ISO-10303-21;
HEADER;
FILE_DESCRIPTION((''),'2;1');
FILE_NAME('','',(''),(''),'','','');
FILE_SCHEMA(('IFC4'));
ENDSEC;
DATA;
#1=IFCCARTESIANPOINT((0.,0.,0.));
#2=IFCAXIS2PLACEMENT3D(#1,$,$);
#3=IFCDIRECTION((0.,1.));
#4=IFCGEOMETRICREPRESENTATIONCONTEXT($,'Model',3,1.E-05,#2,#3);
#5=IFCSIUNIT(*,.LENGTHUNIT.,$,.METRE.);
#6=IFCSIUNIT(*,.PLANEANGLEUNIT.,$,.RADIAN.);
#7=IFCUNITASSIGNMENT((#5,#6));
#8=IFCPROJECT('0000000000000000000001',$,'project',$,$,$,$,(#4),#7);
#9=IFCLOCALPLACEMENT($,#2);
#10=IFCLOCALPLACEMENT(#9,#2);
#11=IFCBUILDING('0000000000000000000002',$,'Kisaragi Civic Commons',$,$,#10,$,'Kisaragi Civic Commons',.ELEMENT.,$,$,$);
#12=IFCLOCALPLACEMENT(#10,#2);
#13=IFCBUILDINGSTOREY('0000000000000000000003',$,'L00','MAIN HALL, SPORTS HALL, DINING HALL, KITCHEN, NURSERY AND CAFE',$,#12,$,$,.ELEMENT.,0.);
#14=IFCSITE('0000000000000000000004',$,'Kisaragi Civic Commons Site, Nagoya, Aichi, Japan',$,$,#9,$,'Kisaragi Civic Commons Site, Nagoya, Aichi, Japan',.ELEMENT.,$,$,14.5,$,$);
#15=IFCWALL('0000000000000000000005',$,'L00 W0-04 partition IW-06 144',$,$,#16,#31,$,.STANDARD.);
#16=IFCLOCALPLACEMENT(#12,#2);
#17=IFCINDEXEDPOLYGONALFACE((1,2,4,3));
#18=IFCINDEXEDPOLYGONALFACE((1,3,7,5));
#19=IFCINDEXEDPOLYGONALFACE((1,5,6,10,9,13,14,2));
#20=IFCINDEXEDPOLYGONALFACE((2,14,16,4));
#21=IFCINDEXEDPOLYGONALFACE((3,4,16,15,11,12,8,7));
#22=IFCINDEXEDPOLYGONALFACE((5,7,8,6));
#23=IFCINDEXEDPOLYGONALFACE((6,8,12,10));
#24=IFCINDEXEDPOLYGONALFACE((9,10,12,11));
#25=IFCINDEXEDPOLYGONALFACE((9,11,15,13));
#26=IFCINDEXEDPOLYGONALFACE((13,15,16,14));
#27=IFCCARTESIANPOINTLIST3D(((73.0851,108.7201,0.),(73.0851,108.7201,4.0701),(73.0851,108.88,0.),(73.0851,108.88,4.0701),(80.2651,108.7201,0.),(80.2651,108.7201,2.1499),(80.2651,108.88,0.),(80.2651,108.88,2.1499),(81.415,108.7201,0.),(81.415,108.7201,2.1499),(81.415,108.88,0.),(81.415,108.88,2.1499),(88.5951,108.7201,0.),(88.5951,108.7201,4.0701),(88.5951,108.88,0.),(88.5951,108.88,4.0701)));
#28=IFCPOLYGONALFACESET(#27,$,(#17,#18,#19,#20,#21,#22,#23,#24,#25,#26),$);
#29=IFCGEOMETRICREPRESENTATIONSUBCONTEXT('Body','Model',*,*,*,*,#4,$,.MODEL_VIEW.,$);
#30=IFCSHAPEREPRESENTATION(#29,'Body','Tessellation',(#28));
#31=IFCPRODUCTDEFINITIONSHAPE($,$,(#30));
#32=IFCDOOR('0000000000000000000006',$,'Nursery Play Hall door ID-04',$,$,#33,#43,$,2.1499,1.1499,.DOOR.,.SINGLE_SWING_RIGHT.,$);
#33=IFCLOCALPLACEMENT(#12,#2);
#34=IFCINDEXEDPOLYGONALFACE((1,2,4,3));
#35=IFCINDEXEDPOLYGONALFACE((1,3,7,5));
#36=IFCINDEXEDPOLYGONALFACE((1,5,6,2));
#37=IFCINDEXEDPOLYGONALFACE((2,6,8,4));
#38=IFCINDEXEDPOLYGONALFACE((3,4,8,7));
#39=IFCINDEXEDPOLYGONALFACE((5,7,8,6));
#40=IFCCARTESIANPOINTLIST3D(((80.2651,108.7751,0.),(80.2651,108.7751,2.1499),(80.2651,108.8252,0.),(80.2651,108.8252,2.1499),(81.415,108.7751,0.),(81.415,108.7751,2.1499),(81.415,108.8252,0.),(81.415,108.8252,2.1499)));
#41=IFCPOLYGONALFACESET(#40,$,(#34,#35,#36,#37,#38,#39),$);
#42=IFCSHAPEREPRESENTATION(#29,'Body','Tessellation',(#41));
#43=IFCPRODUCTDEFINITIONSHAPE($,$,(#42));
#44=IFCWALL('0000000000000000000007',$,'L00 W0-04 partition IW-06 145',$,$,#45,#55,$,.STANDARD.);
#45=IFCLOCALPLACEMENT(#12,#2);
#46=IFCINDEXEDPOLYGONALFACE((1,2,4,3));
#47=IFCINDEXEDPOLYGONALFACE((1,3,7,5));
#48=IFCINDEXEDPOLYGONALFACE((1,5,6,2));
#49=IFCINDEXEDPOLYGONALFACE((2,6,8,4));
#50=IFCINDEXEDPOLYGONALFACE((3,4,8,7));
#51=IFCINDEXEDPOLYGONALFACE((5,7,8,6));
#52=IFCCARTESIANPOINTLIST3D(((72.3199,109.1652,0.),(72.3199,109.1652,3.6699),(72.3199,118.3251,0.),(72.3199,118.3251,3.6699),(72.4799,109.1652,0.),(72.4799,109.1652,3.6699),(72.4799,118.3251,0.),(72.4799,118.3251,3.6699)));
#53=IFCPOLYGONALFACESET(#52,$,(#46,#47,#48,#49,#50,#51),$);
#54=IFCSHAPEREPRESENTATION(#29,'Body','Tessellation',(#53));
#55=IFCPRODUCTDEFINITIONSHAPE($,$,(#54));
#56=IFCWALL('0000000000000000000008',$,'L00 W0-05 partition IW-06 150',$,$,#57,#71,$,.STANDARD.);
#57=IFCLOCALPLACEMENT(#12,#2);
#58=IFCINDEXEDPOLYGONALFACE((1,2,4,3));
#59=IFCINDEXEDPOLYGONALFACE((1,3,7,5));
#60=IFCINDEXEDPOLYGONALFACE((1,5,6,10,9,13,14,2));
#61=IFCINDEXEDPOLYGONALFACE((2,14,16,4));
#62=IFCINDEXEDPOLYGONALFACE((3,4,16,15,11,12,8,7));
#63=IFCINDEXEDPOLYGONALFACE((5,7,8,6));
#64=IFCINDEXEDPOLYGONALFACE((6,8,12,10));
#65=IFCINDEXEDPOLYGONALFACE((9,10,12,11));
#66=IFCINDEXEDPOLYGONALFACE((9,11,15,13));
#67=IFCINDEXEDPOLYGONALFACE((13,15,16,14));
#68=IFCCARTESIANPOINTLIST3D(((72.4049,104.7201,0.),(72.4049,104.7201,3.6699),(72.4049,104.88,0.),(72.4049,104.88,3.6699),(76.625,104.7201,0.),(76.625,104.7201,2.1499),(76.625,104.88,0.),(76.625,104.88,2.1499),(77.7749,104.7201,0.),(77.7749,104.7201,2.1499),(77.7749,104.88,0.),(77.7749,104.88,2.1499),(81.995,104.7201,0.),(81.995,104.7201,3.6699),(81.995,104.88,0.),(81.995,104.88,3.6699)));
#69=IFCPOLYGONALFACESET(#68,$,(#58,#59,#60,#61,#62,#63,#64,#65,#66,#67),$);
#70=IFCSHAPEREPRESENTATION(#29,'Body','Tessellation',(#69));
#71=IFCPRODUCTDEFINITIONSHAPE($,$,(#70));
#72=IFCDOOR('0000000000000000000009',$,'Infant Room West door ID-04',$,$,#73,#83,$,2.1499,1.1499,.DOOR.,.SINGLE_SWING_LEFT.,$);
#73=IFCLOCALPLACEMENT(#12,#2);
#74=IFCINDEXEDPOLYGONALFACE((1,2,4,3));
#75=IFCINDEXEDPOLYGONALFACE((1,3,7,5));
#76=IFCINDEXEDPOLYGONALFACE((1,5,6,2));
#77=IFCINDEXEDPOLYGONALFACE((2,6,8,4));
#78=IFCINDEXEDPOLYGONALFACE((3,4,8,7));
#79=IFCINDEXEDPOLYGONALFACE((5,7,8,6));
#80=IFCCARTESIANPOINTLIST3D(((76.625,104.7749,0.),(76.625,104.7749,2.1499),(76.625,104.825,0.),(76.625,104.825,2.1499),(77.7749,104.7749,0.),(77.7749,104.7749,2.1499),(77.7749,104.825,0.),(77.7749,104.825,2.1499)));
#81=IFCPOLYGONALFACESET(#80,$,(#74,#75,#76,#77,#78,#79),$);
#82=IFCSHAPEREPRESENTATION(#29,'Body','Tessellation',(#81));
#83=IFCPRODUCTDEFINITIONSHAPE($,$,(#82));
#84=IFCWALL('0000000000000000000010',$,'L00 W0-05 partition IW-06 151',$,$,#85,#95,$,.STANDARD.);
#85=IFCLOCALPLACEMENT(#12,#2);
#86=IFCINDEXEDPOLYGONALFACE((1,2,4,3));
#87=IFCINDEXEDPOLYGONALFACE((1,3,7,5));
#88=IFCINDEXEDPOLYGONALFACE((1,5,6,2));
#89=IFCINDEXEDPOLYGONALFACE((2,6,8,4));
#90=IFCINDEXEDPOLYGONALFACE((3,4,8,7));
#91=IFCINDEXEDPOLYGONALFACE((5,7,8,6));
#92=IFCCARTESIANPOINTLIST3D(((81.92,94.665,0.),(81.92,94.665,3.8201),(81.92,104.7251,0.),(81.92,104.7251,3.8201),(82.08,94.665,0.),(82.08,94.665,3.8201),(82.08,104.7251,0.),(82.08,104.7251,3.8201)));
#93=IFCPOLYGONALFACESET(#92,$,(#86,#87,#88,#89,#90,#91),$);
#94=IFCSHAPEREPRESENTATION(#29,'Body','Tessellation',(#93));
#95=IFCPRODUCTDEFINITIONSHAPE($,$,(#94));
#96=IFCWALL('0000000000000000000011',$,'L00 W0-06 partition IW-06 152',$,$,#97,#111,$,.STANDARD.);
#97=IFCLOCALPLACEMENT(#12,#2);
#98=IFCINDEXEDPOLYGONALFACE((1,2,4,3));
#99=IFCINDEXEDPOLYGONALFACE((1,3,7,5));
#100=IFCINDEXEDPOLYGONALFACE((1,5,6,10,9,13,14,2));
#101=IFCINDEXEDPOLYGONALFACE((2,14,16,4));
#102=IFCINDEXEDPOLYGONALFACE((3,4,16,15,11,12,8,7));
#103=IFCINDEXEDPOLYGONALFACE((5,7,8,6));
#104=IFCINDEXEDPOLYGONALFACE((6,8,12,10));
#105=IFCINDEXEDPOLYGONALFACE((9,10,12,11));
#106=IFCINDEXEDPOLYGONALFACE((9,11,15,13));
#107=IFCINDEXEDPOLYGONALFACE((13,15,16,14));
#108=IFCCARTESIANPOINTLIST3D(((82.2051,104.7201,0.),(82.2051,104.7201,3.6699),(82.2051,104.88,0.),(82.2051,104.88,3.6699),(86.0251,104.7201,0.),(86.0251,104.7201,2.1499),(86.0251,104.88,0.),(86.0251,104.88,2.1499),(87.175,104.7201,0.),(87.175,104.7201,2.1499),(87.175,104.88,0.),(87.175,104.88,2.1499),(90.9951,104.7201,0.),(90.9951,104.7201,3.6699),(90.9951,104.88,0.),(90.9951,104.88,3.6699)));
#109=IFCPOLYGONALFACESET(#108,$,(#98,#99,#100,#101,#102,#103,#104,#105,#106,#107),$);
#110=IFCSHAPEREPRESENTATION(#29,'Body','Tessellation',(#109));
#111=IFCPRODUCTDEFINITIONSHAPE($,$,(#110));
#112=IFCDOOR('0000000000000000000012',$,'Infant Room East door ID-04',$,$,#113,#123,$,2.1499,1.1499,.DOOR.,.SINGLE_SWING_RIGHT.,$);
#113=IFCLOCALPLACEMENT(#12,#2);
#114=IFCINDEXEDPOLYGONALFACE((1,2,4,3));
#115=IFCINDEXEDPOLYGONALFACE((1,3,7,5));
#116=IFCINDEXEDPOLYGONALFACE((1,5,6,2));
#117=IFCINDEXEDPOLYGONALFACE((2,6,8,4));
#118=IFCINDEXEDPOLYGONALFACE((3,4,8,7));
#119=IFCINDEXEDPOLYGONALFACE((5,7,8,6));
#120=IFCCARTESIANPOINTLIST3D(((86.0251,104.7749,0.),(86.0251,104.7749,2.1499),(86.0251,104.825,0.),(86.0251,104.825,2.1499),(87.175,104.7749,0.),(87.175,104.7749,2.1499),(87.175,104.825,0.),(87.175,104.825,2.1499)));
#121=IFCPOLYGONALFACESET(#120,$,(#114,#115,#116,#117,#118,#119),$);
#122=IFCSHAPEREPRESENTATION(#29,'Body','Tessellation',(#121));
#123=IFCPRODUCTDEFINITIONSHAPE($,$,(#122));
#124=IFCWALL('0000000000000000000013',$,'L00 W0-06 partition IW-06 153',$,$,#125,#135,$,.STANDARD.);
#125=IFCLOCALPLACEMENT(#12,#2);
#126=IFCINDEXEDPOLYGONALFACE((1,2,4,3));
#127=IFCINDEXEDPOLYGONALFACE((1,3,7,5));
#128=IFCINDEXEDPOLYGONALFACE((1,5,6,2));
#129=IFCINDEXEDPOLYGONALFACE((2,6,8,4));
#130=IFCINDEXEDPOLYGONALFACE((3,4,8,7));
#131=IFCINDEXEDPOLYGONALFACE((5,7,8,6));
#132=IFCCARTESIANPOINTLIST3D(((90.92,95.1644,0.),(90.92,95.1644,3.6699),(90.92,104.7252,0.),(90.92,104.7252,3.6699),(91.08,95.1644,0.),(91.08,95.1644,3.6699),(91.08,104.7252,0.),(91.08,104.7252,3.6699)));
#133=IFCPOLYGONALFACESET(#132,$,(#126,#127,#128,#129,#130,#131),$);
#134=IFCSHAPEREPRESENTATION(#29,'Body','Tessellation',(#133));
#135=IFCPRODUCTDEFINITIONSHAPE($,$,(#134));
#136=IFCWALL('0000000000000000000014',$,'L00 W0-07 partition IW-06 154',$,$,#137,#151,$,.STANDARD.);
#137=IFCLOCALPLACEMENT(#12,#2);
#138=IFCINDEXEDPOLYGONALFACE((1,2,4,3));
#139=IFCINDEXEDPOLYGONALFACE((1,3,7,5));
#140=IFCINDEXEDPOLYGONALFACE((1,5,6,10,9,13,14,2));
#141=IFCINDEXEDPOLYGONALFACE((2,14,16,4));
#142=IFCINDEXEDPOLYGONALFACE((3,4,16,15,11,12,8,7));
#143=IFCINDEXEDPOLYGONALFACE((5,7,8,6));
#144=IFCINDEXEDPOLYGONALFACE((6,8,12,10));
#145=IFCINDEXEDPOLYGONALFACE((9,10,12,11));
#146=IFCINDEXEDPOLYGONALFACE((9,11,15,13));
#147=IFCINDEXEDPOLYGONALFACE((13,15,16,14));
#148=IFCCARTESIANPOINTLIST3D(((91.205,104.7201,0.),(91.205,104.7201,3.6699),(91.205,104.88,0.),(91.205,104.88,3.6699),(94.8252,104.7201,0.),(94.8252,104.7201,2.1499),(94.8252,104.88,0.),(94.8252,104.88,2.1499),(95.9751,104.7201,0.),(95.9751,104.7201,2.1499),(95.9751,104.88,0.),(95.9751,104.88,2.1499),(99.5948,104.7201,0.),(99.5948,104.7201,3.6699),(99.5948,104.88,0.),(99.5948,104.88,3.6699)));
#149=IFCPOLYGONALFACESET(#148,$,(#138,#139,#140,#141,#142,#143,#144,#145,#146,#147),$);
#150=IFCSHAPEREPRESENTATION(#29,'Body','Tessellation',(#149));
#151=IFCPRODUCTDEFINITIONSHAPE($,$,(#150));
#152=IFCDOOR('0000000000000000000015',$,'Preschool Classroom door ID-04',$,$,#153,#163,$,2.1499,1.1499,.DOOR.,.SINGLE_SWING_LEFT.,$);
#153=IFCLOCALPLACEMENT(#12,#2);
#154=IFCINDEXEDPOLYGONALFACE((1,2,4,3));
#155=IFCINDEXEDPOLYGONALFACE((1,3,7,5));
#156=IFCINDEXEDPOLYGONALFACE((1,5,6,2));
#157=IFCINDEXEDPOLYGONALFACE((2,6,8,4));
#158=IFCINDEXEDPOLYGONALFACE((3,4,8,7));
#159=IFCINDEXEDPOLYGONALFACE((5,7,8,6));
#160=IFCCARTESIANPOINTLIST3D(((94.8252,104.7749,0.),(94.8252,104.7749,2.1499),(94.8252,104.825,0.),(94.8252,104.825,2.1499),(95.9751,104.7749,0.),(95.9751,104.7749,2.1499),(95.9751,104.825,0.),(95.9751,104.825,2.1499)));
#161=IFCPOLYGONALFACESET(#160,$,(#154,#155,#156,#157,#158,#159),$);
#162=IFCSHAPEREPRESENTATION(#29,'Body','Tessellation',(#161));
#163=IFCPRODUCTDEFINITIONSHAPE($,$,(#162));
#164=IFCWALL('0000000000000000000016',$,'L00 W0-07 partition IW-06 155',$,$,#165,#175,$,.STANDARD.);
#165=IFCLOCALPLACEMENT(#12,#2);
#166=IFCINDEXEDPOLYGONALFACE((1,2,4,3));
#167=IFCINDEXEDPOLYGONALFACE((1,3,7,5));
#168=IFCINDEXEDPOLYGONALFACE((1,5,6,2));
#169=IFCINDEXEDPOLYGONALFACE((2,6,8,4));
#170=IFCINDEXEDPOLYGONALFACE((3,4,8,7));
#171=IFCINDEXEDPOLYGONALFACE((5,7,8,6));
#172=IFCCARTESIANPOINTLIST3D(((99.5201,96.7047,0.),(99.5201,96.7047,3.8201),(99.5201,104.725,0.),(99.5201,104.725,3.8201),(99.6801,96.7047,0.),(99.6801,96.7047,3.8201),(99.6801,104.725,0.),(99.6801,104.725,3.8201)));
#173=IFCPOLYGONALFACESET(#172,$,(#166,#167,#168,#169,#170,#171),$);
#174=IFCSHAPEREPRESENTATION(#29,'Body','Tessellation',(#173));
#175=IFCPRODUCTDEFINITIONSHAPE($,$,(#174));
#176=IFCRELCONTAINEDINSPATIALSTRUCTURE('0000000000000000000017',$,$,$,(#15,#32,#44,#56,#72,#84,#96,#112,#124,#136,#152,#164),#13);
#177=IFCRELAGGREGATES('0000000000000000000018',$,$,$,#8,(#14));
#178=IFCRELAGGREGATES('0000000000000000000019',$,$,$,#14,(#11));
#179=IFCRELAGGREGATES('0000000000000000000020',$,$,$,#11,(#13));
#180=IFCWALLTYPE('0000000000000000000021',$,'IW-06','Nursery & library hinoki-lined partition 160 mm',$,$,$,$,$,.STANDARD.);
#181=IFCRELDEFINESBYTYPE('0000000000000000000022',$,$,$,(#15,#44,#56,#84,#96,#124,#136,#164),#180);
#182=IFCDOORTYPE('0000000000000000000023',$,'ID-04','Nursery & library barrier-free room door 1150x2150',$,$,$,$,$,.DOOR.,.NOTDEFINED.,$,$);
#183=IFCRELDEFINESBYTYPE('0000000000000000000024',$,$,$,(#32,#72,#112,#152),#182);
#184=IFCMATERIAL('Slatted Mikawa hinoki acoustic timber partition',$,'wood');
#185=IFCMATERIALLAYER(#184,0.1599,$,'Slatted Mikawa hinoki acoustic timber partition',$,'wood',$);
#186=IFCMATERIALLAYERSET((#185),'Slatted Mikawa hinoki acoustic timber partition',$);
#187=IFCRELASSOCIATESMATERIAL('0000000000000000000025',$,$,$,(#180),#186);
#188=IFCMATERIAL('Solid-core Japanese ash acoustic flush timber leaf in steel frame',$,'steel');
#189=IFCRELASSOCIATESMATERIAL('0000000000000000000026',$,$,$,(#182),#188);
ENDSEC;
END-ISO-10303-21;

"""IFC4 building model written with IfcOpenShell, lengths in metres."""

from ifc_helpers import new_model, si_unit, direction, frame, frame_2d, origin, place, context, subcontext, project, spatial, rectangle, extrude, material, layer, layer_set, type_object, element, fill, save


model = new_model("IFC4")

# Units and contexts
model_context = context("Model", 3, precision=1e-05, world=origin(), true_north=direction((0.0, 1.0)))
body_context = subcontext(model_context, "Body", "Model", "MODEL_VIEW")
ifc_project = project(units=[si_unit("LENGTHUNIT", "METRE"), si_unit("PLANEANGLEUNIT", "RADIAN")], contexts=[model_context])

# Site, building, storey
site_placement = place(None, origin())
site = spatial("IfcSite", under=ifc_project, at=site_placement, Name="Kisaragi Civic Commons Site, Nagoya, Aichi, Japan", LongName="Kisaragi Civic Commons Site, Nagoya, Aichi, Japan", CompositionType="ELEMENT", RefElevation=14.5)
building_placement = place(site_placement, origin())
building = spatial("IfcBuilding", under=site, at=building_placement, Name="Kisaragi Civic Commons", LongName="Kisaragi Civic Commons", CompositionType="ELEMENT")
storey_placement = place(building_placement, origin())
storey = spatial("IfcBuildingStorey", under=building, at=storey_placement, Name="L00", Description="MAIN HALL, SPORTS HALL, DINING HALL, KITCHEN, NURSERY AND CAFE", CompositionType="ELEMENT", Elevation=0.0)

# Wall, opening, door
ifc_material_1 = material(Name="Slatted Mikawa hinoki acoustic timber partition", Category="wood")
ifc_layer_1 = layer(ifc_material_1, 0.1599, Name="Slatted Mikawa hinoki acoustic timber partition", Category="wood")
ifc_layer_set_1 = layer_set([ifc_layer_1], Name="Slatted Mikawa hinoki acoustic timber partition")
wall_type_1 = type_object("IfcWallType", Name="IW-06", Description="Nursery & library hinoki-lined partition 160 mm", PredefinedType="STANDARD", material=ifc_layer_set_1)
wall_1_placement = place(storey_placement, frame((88.595, 108.8, 0.0), z_axis=(0.0, 0.0, 1.0), x_axis=(-1.0, 0.0, 0.0)))
wall_1 = element("IfcWall", 1, at=wall_1_placement, inside=storey, type_object=wall_type_1, Name="L00 W0-04 partition IW-06 144", PredefinedType="STANDARD", context=body_context, shape_type="SweptSolid", body=[
    extrude(rectangle(XDim=15.51, YDim=0.1599, at=frame_2d((7.7549, 0.0))), origin(), (0.0, 0.0, 1.0), 4.0701),
])
opening_1_placement = place(wall_1_placement, frame((7.1799, 0.0, 0.0)))
opening_1 = element("IfcOpeningElement", 2, at=opening_1_placement, cuts=wall_1, PredefinedType="OPENING", context=body_context, shape_type="SweptSolid", body=[
    extrude(rectangle(XDim=1.1499, YDim=2.1499, at=frame_2d((0.575, 1.075))), frame((0.0, 0.0898, 0.0), z_axis=(0.0, -1.0, 0.0), x_axis=(1.0, 0.0, 0.0)), (0.0, 0.0, 1.0), 0.1799),
])
ifc_material_2 = material(Name="Solid-core Japanese ash acoustic flush timber leaf in steel frame", Category="steel")
door_type_1 = type_object("IfcDoorType", Name="ID-04", Description="Nursery & library barrier-free room door 1150x2150", OperationType="NOTDEFINED", PredefinedType="DOOR", material=ifc_material_2)
door_1_placement = place(opening_1_placement, origin())
door_1 = element("IfcDoor", 3, at=door_1_placement, inside=storey, type_object=door_type_1, Name="Nursery Play Hall door ID-04", OperationType="SINGLE_SWING_RIGHT", OverallHeight=2.1499, OverallWidth=1.1499, PredefinedType="DOOR", context=body_context, shape_type="SweptSolid", body=[
    extrude(rectangle(XDim=1.1499, YDim=2.1499, at=frame_2d((0.575, 1.075))), frame((0.0, 0.0249, 0.0), z_axis=(0.0, -1.0, 0.0), x_axis=(1.0, 0.0, 0.0)), (0.0, 0.0, 1.0), 0.05),
])
fill(opening_1, door_1)

# Wall
wall_2_placement = place(storey_placement, frame((72.3999, 109.165, 0.0), z_axis=(0.0, 0.0, 1.0), x_axis=(0.0, 1.0, 0.0)))
element("IfcWall", 4, at=wall_2_placement, inside=storey, type_object=wall_type_1, Name="L00 W0-04 partition IW-06 145", PredefinedType="STANDARD", context=body_context, shape_type="SweptSolid", body=[
    extrude(rectangle(XDim=9.1599, YDim=0.1599, at=frame_2d((4.5801, 0.0))), origin(), (0.0, 0.0, 1.0), 3.6699),
])

# Wall, opening, door
wall_3_placement = place(storey_placement, frame((72.405, 104.8, 0.0), z_axis=(0.0, 0.0, 1.0), x_axis=(1.0, 0.0, 0.0)))
wall_3 = element("IfcWall", 5, at=wall_3_placement, inside=storey, type_object=wall_type_1, Name="L00 W0-05 partition IW-06 150", PredefinedType="STANDARD", context=body_context, shape_type="SweptSolid", body=[
    extrude(rectangle(XDim=9.5901, YDim=0.1599, at=frame_2d((4.7949, 0.0))), origin(), (0.0, 0.0, 1.0), 3.6699),
])
opening_2_placement = place(wall_3_placement, frame((4.22, 0.0, 0.0)))
opening_2 = element("IfcOpeningElement", 6, at=opening_2_placement, cuts=wall_3, PredefinedType="OPENING", context=body_context, shape_type="SweptSolid", body=[
    extrude(rectangle(XDim=1.1499, YDim=2.1499, at=frame_2d((0.575, 1.075))), frame((0.0, 0.0898, 0.0), z_axis=(0.0, -1.0, 0.0), x_axis=(1.0, 0.0, 0.0)), (0.0, 0.0, 1.0), 0.1799),
])
door_2_placement = place(opening_2_placement, origin())
door_2 = element("IfcDoor", 7, at=door_2_placement, inside=storey, type_object=door_type_1, Name="Infant Room West door ID-04", OperationType="SINGLE_SWING_LEFT", OverallHeight=2.1499, OverallWidth=1.1499, PredefinedType="DOOR", context=body_context, shape_type="SweptSolid", body=[
    extrude(rectangle(XDim=1.1499, YDim=2.1499, at=frame_2d((0.575, 1.075))), frame((0.0, 0.0249, 0.0), z_axis=(0.0, -1.0, 0.0), x_axis=(1.0, 0.0, 0.0)), (0.0, 0.0, 1.0), 0.05),
])
fill(opening_2, door_2)

# Wall
wall_4_placement = place(storey_placement, frame((82.0, 104.7251, 0.0), z_axis=(0.0, 0.0, 1.0), x_axis=(0.0, -1.0, 0.0)))
element("IfcWall", 8, at=wall_4_placement, inside=storey, type_object=wall_type_1, Name="L00 W0-05 partition IW-06 151", PredefinedType="STANDARD", context=body_context, shape_type="SweptSolid", body=[
    extrude(rectangle(XDim=10.0601, YDim=0.1599, at=frame_2d((5.03, 0.0))), origin(), (0.0, 0.0, 1.0), 3.8201),
])

# Wall, opening, door
wall_5_placement = place(storey_placement, frame((82.2051, 104.8, 0.0), z_axis=(0.0, 0.0, 1.0), x_axis=(1.0, 0.0, 0.0)))
wall_5 = element("IfcWall", 9, at=wall_5_placement, inside=storey, type_object=wall_type_1, Name="L00 W0-06 partition IW-06 152", PredefinedType="STANDARD", context=body_context, shape_type="SweptSolid", body=[
    extrude(rectangle(XDim=8.79, YDim=0.1599, at=frame_2d((4.395, 0.0))), origin(), (0.0, 0.0, 1.0), 3.6699),
])
opening_3_placement = place(wall_5_placement, frame((3.8201, 0.0, 0.0)))
opening_3 = element("IfcOpeningElement", 10, at=opening_3_placement, cuts=wall_5, PredefinedType="OPENING", context=body_context, shape_type="SweptSolid", body=[
    extrude(rectangle(XDim=1.1499, YDim=2.1499, at=frame_2d((0.575, 1.075))), frame((0.0, 0.0898, 0.0), z_axis=(0.0, -1.0, 0.0), x_axis=(1.0, 0.0, 0.0)), (0.0, 0.0, 1.0), 0.1799),
])
door_3_placement = place(opening_3_placement, origin())
door_3 = element("IfcDoor", 11, at=door_3_placement, inside=storey, type_object=door_type_1, Name="Infant Room East door ID-04", OperationType="SINGLE_SWING_RIGHT", OverallHeight=2.1499, OverallWidth=1.1499, PredefinedType="DOOR", context=body_context, shape_type="SweptSolid", body=[
    extrude(rectangle(XDim=1.1499, YDim=2.1499, at=frame_2d((0.575, 1.075))), frame((0.0, 0.0249, 0.0), z_axis=(0.0, -1.0, 0.0), x_axis=(1.0, 0.0, 0.0)), (0.0, 0.0, 1.0), 0.05),
])
fill(opening_3, door_3)

# Wall
wall_6_placement = place(storey_placement, frame((91.0, 104.7251, 0.0), z_axis=(0.0, 0.0, 1.0), x_axis=(0.0, -1.0, 0.0)))
element("IfcWall", 12, at=wall_6_placement, inside=storey, type_object=wall_type_1, Name="L00 W0-06 partition IW-06 153", PredefinedType="STANDARD", context=body_context, shape_type="SweptSolid", body=[
    extrude(rectangle(XDim=9.5608, YDim=0.1599, at=frame_2d((4.7803, 0.0))), origin(), (0.0, 0.0, 1.0), 3.6699),
])

# Wall, opening, door
wall_7_placement = place(storey_placement, frame((91.2051, 104.8, 0.0), z_axis=(0.0, 0.0, 1.0), x_axis=(1.0, 0.0, 0.0)))
wall_7 = element("IfcWall", 13, at=wall_7_placement, inside=storey, type_object=wall_type_1, Name="L00 W0-07 partition IW-06 154", PredefinedType="STANDARD", context=body_context, shape_type="SweptSolid", body=[
    extrude(rectangle(XDim=8.3899, YDim=0.1599, at=frame_2d((4.1948, 0.0))), origin(), (0.0, 0.0, 1.0), 3.6699),
])
opening_4_placement = place(wall_7_placement, frame((3.6201, 0.0, 0.0)))
opening_4 = element("IfcOpeningElement", 14, at=opening_4_placement, cuts=wall_7, PredefinedType="OPENING", context=body_context, shape_type="SweptSolid", body=[
    extrude(rectangle(XDim=1.1499, YDim=2.1499, at=frame_2d((0.575, 1.075))), frame((0.0, 0.0898, 0.0), z_axis=(0.0, -1.0, 0.0), x_axis=(1.0, 0.0, 0.0)), (0.0, 0.0, 1.0), 0.1799),
])
door_4_placement = place(opening_4_placement, origin())
door_4 = element("IfcDoor", 15, at=door_4_placement, inside=storey, type_object=door_type_1, Name="Preschool Classroom door ID-04", OperationType="SINGLE_SWING_LEFT", OverallHeight=2.1499, OverallWidth=1.1499, PredefinedType="DOOR", context=body_context, shape_type="SweptSolid", body=[
    extrude(rectangle(XDim=1.1499, YDim=2.1499, at=frame_2d((0.575, 1.075))), frame((0.0, 0.0249, 0.0), z_axis=(0.0, -1.0, 0.0), x_axis=(1.0, 0.0, 0.0)), (0.0, 0.0, 1.0), 0.05),
])
fill(opening_4, door_4)

# Wall
wall_8_placement = place(storey_placement, frame((99.6001, 104.7251, 0.0), z_axis=(0.0, 0.0, 1.0), x_axis=(0.0, -1.0, 0.0)))
element("IfcWall", 16, at=wall_8_placement, inside=storey, type_object=wall_type_1, Name="L00 W0-07 partition IW-06 155", PredefinedType="STANDARD", context=body_context, shape_type="SweptSolid", body=[
    extrude(rectangle(XDim=8.0203, YDim=0.1599, at=frame_2d((4.0103, 0.0))), origin(), (0.0, 0.0, 1.0), 3.8201),
])

save(model, "model.ifc")
